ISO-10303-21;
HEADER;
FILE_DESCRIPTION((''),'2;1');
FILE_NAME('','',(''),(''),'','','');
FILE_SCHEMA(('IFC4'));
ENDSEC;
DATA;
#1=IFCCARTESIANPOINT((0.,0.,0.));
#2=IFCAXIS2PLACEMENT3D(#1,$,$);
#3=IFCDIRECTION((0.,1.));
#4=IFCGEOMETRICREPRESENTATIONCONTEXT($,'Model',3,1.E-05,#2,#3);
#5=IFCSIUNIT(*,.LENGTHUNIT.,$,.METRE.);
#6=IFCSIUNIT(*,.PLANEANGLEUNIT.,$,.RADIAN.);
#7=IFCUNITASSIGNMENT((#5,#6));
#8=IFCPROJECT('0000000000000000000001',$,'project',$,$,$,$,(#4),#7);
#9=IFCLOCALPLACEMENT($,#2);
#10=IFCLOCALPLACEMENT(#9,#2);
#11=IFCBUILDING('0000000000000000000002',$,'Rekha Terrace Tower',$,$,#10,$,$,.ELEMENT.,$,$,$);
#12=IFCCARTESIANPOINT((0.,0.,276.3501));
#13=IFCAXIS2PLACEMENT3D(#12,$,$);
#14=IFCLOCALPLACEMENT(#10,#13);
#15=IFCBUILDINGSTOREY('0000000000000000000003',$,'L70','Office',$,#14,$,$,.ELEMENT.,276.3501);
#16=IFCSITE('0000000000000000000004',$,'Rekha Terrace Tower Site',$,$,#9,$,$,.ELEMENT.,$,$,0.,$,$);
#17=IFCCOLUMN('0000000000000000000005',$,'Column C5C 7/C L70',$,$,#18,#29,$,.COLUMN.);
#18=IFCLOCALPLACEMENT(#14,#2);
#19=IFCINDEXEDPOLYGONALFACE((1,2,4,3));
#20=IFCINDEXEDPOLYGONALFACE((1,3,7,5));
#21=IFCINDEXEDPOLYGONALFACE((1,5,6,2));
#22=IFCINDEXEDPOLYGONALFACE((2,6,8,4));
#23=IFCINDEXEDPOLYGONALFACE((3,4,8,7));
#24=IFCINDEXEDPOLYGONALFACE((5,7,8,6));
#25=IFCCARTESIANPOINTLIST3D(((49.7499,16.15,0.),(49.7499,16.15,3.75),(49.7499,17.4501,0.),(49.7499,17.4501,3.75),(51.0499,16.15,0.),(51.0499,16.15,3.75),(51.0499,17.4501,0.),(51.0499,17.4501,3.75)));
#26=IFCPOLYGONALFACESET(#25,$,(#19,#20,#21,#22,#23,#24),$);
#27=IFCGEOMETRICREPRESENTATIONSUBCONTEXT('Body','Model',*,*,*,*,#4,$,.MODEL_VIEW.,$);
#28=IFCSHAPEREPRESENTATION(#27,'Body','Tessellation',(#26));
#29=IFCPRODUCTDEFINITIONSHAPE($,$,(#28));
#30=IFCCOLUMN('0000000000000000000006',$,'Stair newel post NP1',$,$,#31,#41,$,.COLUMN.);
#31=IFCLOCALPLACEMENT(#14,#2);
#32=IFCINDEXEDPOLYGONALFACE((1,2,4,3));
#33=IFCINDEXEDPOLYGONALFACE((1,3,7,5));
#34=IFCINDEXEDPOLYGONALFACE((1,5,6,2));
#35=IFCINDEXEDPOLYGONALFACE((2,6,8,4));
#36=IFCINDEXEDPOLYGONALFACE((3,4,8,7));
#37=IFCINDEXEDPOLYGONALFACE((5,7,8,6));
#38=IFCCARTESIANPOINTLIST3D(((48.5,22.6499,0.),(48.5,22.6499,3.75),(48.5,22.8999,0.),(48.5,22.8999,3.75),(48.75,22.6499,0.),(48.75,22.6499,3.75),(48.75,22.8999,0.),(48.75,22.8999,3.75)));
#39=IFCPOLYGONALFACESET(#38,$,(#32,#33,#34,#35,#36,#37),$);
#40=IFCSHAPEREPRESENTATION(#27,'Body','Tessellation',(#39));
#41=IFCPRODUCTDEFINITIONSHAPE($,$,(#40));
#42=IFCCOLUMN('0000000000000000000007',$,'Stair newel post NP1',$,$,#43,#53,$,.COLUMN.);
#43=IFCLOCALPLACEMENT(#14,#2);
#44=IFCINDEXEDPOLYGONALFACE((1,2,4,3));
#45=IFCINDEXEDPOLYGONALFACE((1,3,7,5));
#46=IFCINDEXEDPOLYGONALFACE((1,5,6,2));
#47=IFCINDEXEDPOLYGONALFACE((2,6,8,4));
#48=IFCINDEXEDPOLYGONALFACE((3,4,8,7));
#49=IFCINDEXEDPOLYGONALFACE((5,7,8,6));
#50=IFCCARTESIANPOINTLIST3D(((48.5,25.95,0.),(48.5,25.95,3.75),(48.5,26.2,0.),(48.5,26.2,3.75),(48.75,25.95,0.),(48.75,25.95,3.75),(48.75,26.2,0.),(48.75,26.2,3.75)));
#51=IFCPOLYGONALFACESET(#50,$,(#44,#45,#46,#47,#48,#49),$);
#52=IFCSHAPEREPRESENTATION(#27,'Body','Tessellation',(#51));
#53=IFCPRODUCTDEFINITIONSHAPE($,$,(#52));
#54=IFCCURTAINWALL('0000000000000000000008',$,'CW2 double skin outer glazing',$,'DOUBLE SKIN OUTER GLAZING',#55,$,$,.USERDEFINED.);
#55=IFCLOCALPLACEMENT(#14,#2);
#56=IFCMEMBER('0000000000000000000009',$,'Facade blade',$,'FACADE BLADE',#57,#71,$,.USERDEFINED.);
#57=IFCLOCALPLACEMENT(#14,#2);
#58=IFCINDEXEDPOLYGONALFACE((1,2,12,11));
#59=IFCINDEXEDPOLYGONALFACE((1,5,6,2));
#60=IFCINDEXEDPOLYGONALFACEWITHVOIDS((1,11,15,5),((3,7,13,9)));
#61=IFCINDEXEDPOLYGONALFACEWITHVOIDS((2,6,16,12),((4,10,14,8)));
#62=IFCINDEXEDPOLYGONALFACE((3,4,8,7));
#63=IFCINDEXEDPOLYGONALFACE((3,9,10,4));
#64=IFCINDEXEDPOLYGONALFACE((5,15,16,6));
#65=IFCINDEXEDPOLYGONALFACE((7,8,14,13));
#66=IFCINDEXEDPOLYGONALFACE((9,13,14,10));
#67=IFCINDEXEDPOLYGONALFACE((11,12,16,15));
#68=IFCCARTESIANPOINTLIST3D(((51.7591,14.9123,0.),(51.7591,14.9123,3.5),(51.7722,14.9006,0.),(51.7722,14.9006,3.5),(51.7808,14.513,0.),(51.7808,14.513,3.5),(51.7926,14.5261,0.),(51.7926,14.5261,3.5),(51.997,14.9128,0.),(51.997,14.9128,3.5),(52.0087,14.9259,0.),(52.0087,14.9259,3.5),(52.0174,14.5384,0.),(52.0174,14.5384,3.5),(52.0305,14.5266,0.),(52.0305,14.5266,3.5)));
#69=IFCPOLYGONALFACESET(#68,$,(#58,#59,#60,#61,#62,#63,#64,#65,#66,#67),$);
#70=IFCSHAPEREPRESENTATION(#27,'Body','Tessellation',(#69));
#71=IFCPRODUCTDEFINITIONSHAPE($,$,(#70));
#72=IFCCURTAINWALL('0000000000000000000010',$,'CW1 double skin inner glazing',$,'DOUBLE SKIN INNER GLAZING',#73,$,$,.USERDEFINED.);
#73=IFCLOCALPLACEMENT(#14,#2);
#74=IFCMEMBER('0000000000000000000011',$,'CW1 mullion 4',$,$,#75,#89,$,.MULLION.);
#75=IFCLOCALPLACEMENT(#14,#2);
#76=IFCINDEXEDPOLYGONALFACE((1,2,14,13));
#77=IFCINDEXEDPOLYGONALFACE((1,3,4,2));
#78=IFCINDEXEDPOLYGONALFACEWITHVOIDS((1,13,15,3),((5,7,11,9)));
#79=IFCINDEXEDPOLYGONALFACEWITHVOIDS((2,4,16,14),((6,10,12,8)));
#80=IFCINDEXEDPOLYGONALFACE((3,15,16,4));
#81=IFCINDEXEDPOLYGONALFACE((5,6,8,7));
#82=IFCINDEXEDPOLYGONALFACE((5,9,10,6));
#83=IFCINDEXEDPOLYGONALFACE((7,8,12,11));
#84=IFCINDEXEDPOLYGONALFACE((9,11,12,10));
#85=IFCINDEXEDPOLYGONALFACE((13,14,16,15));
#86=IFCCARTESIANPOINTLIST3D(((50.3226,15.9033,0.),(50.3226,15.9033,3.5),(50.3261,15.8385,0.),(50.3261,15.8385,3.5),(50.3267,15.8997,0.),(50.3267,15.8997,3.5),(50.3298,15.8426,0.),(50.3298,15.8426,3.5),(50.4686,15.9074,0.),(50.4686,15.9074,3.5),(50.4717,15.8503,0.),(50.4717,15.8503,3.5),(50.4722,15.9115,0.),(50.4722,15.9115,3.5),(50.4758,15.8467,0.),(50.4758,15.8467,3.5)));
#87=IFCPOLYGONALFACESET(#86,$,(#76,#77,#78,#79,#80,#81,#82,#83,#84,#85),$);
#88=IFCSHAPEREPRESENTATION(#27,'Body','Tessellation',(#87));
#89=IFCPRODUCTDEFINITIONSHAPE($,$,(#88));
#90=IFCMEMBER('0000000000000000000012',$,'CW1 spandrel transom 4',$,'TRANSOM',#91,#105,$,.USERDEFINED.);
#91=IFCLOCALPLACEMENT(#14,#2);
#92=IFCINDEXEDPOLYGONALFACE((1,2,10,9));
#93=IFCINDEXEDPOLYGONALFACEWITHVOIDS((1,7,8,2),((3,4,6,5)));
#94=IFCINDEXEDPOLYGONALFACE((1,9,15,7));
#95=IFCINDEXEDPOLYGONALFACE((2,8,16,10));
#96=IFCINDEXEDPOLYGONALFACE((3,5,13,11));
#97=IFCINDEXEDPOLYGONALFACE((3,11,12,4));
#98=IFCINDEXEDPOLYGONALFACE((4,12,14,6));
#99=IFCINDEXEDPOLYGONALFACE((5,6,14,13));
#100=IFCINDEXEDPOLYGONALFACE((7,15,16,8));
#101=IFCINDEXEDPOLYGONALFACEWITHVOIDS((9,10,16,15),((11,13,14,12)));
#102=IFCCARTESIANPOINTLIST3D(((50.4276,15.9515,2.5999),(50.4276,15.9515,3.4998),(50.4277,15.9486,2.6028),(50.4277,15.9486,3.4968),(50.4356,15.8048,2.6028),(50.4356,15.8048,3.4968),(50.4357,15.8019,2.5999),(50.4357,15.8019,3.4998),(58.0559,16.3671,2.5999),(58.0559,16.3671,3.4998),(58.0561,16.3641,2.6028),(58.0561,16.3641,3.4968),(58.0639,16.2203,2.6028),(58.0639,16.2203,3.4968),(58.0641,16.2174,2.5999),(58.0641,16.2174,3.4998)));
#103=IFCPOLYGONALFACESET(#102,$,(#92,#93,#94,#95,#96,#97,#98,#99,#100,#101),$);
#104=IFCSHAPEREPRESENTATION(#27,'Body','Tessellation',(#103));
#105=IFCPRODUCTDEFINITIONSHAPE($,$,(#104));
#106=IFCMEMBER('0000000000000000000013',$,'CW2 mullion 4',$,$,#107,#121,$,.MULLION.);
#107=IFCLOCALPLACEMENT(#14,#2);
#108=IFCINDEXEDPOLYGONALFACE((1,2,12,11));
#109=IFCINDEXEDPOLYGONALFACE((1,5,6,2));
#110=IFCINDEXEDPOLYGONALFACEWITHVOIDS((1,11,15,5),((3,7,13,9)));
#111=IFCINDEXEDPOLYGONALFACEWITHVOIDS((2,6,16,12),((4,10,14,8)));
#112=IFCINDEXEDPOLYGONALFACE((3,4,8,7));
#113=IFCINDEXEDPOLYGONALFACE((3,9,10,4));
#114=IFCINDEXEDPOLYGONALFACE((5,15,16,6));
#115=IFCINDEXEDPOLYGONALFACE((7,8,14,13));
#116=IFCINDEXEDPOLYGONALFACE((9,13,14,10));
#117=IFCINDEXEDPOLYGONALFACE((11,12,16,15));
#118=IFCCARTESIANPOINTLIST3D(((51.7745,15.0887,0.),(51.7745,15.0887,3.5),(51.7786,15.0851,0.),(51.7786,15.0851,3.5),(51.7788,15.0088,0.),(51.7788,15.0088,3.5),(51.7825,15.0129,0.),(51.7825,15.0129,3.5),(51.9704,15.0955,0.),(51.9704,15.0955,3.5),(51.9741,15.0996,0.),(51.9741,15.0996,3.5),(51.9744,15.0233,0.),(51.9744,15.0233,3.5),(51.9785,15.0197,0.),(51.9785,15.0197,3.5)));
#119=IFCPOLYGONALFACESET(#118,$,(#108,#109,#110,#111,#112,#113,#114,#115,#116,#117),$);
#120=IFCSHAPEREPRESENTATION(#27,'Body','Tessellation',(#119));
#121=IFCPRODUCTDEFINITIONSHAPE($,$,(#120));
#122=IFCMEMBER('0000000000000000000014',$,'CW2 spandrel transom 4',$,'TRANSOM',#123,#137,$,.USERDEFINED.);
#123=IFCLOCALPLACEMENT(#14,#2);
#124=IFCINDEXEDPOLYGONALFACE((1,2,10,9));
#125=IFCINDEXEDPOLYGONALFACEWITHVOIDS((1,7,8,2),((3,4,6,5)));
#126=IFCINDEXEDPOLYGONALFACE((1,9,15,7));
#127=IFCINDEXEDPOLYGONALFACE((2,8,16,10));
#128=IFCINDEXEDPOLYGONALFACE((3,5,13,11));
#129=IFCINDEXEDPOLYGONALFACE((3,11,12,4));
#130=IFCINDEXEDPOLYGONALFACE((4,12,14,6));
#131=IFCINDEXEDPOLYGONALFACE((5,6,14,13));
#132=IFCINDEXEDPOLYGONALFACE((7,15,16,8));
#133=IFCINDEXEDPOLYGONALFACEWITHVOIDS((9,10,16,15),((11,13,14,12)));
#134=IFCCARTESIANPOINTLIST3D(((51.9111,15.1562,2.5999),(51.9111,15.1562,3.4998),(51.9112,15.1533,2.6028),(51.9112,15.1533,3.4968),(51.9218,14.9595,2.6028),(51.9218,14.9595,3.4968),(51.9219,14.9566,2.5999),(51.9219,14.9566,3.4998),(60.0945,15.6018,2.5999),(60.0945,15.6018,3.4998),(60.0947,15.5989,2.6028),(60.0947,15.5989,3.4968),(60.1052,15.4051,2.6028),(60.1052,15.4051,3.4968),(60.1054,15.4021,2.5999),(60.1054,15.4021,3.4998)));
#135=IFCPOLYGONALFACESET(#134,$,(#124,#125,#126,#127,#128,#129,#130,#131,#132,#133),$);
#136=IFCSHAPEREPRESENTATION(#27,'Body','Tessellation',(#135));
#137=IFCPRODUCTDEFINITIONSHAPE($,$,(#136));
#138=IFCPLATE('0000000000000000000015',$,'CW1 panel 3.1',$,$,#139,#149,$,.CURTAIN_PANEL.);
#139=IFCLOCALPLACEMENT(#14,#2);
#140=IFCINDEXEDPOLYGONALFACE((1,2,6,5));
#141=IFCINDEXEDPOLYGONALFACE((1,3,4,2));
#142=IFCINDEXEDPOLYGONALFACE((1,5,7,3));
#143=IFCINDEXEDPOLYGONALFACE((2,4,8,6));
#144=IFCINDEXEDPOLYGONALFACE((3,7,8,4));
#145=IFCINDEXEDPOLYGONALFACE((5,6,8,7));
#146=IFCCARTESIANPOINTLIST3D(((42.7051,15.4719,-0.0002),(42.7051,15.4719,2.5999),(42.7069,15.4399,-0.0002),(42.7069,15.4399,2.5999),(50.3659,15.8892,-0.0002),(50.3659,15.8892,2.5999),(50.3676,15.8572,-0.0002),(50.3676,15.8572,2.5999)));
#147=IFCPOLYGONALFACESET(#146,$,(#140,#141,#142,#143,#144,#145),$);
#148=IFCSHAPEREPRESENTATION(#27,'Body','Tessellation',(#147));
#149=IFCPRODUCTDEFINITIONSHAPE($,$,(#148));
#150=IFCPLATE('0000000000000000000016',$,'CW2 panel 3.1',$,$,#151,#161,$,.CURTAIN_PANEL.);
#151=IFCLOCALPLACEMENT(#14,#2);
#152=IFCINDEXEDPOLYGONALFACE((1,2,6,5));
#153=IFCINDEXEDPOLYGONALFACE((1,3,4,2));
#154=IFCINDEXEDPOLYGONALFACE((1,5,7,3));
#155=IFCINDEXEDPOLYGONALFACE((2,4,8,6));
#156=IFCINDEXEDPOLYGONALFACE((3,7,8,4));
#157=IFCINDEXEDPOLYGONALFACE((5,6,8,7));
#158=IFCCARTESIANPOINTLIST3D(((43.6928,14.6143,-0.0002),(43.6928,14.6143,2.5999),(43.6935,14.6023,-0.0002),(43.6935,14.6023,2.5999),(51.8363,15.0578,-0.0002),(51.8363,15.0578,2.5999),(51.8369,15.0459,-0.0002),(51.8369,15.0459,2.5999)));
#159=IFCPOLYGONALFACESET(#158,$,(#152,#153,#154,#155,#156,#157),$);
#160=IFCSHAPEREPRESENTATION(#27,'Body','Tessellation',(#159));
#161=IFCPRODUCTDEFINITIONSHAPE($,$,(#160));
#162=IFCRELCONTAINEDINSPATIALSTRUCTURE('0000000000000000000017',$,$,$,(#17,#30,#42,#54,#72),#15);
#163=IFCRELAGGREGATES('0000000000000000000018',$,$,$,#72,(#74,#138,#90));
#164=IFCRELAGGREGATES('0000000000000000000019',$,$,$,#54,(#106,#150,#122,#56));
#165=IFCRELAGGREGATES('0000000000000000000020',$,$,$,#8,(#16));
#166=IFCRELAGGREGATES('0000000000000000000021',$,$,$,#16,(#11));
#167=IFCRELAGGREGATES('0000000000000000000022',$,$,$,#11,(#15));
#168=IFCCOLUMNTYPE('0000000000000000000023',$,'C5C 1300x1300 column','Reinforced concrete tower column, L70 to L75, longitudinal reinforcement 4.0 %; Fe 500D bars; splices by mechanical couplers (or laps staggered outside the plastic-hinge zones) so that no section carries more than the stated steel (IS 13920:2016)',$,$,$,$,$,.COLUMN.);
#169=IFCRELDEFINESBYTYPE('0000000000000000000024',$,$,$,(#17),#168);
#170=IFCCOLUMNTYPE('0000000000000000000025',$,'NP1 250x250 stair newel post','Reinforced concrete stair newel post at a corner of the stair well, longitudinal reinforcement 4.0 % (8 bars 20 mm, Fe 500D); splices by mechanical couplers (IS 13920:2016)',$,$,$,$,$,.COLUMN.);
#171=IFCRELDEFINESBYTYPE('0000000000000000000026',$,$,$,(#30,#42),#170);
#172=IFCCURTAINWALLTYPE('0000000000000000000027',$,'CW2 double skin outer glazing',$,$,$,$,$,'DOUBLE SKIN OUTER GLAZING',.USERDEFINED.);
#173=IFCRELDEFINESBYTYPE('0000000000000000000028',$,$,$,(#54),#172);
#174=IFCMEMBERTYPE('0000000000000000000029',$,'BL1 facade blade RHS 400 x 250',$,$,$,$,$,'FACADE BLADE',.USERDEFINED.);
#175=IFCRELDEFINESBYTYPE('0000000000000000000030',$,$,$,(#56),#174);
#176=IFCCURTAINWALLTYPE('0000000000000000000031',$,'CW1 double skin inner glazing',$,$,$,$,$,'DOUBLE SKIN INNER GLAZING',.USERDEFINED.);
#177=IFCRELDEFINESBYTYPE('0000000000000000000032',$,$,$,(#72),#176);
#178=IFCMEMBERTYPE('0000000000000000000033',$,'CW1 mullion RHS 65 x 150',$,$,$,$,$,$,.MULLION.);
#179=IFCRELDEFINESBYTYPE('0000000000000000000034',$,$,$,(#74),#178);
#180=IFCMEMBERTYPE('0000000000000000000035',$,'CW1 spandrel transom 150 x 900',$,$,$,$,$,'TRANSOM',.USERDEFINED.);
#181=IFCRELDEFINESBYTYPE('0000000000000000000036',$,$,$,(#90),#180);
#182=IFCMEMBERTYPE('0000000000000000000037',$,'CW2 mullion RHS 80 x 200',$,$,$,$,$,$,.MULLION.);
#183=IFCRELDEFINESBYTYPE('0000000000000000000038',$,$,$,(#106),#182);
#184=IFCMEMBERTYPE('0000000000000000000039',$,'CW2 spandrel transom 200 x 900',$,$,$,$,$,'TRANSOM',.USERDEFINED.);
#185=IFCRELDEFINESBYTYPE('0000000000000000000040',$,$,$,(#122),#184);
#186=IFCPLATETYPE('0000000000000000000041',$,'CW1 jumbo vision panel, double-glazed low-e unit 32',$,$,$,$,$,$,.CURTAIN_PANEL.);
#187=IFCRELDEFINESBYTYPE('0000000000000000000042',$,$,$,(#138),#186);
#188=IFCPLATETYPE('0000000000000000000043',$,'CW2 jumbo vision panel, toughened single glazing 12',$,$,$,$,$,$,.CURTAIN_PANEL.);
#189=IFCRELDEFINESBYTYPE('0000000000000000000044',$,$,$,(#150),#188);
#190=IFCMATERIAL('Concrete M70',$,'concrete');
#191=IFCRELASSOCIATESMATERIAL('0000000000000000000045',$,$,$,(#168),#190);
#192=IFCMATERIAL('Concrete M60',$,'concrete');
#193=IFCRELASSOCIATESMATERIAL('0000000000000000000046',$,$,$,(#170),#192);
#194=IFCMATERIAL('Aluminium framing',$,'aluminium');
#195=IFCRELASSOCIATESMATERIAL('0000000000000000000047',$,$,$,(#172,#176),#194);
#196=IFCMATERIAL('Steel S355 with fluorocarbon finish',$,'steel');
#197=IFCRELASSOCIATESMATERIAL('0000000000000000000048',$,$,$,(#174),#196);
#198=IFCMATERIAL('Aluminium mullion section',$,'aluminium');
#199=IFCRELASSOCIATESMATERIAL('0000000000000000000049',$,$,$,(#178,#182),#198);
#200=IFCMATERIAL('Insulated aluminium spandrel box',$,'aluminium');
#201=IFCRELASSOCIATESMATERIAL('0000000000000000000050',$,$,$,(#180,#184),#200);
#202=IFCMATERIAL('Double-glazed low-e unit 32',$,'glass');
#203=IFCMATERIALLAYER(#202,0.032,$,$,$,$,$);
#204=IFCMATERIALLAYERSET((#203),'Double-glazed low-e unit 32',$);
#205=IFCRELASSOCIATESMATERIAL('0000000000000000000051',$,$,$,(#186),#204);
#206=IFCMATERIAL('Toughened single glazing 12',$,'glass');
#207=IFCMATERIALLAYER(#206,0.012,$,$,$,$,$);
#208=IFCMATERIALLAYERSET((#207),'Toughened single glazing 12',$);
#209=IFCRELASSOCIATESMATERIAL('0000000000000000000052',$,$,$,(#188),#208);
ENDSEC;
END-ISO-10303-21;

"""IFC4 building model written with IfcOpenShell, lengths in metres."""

from ifc_helpers import new_model, si_unit, direction, frame, origin, origin_2d, place, context, subcontext, project, spatial, rectangle, hollow_rectangle, extrude, material, layer, layer_set, material_profile, profile_set, type_object, element, aggregate, save


model = new_model("IFC4")

# Units and contexts
model_context = context("Model", 3, precision=1e-05, world=origin(), true_north=direction((0.0, 1.0)))
body_context = subcontext(model_context, "Body", "Model", "MODEL_VIEW")
ifc_project = project(units=[si_unit("LENGTHUNIT", "METRE"), si_unit("PLANEANGLEUNIT", "RADIAN")], contexts=[model_context])

# Site, building, storey
site_placement = place(None, origin())
site = spatial("IfcSite", under=ifc_project, at=site_placement, Name="Rekha Terrace Tower Site", CompositionType="ELEMENT", RefElevation=0.0)
building_placement = place(site_placement, origin())
building = spatial("IfcBuilding", under=site, at=building_placement, Name="Rekha Terrace Tower", CompositionType="ELEMENT")
storey_placement = place(building_placement, frame((0.0, 0.0, 276.3501)))
storey = spatial("IfcBuildingStorey", under=building, at=storey_placement, Name="L70", Description="Office", CompositionType="ELEMENT", Elevation=276.3501)

# Columns
ifc_material_1 = material(Name="Concrete M70", Category="concrete")
ifc_material_profile_1 = material_profile(ifc_material_1, rectangle(XDim=1.3, YDim=1.3, at=origin_2d()), Name="RC 1300x1300")
ifc_profile_set_1 = profile_set([ifc_material_profile_1], Name="Concrete M70")
column_type_1 = type_object("IfcColumnType", Name="C5C 1300x1300 column", Description="Reinforced concrete tower column, L70 to L75, longitudinal reinforcement 4.0 %; Fe 500D bars; splices by mechanical couplers (or laps staggered outside the plastic-hinge zones) so that no section carries more than the stated steel (IS 13920:2016)", PredefinedType="COLUMN", material=ifc_profile_set_1)
column_placement = place(storey_placement, frame((50.3999, 16.8, 0.0), z_axis=(0.0, 0.0, 1.0), x_axis=(1.0, 0.0, 0.0)))
element("IfcColumn", 1, at=column_placement, inside=storey, type_object=column_type_1, Name="Column C5C 7/C L70", PredefinedType="COLUMN", context=body_context, shape_type="SweptSolid", body=[
    extrude(rectangle(XDim=1.3, YDim=1.3, at=origin_2d()), origin(), (0.0, 0.0, 1.0), 3.75),
])
ifc_material_2 = material(Name="Concrete M60", Category="concrete")
ifc_material_profile_2 = material_profile(ifc_material_2, rectangle(XDim=0.25, YDim=0.25, at=origin_2d()), Name="RC 250x250")
ifc_profile_set_2 = profile_set([ifc_material_profile_2], Name="Concrete M60")
column_type_2 = type_object("IfcColumnType", Name="NP1 250x250 stair newel post", Description="Reinforced concrete stair newel post at a corner of the stair well, longitudinal reinforcement 4.0 % (8 bars 20 mm, Fe 500D); splices by mechanical couplers (IS 13920:2016)", PredefinedType="COLUMN", material=ifc_profile_set_2)
for number, where, z_axis, x_axis, name in (
    (2, (48.625, 22.7749, 0.0), (0.0, 0.0, 1.0), (1.0, 0.0, 0.0), "Stair newel post NP1"),
    (3, (48.625, 26.075, 0.0), (0.0, 0.0, 1.0), (1.0, 0.0, 0.0), "Stair newel post NP1"),
):
    element("IfcColumn", number, at=place(storey_placement, frame(where, z_axis=z_axis, x_axis=x_axis)), inside=storey, type_object=column_type_2, Name=name, PredefinedType="COLUMN", context=body_context, shape_type="SweptSolid", body=[
        extrude(rectangle(XDim=0.25, YDim=0.25, at=origin_2d()), origin(), (0.0, 0.0, 1.0), 3.75),
    ])

# Curtain wall, member
ifc_material_3 = material(Name="Aluminium framing", Category="aluminium")
curtain_wall_type_1 = type_object("IfcCurtainWallType", Name="CW2 double skin outer glazing", ElementType="DOUBLE SKIN OUTER GLAZING", PredefinedType="USERDEFINED", material=ifc_material_3)
curtain_wall_1_placement = place(storey_placement, origin())
curtain_wall_1 = element("IfcCurtainWall", 4, at=curtain_wall_1_placement, inside=storey, type_object=curtain_wall_type_1, Name="CW2 double skin outer glazing", ObjectType="DOUBLE SKIN OUTER GLAZING", PredefinedType="USERDEFINED")
ifc_material_4 = material(Name="Steel S355 with fluorocarbon finish", Category="steel")
ifc_material_profile_3 = material_profile(ifc_material_4, hollow_rectangle(XDim=0.25, YDim=0.3999, WallThickness=0.0125, at=origin_2d()), Name="RHS400x250x12.5")
ifc_profile_set_3 = profile_set([ifc_material_profile_3], Name="Steel S355 with fluorocarbon finish")
member_type_1 = type_object("IfcMemberType", Name="BL1 facade blade RHS 400 x 250", ElementType="FACADE BLADE", PredefinedType="USERDEFINED", material=ifc_profile_set_3)
member_1_placement = place(storey_placement, frame((51.8948, 14.7195, 0.0), z_axis=(0.0, 0.0, 1.0), x_axis=(0.99852, 0.054389, 0.0)))
member_1 = element("IfcMember", 5, at=member_1_placement, type_object=member_type_1, Name="Facade blade", ObjectType="FACADE BLADE", PredefinedType="USERDEFINED", context=body_context, shape_type="SweptSolid", body=[
    extrude(hollow_rectangle(XDim=0.25, YDim=0.3999, WallThickness=0.0125, at=origin_2d()), origin(), (0.0, 0.0, 1.0), 3.5),
])

# Curtain wall, members
curtain_wall_type_2 = type_object("IfcCurtainWallType", Name="CW1 double skin inner glazing", ElementType="DOUBLE SKIN INNER GLAZING", PredefinedType="USERDEFINED", material=ifc_material_3)
curtain_wall_2_placement = place(storey_placement, origin())
curtain_wall_2 = element("IfcCurtainWall", 6, at=curtain_wall_2_placement, inside=storey, type_object=curtain_wall_type_2, Name="CW1 double skin inner glazing", ObjectType="DOUBLE SKIN INNER GLAZING", PredefinedType="USERDEFINED")
ifc_material_5 = material(Name="Aluminium mullion section", Category="aluminium")
ifc_material_profile_4 = material_profile(ifc_material_5, hollow_rectangle(XDim=0.0649, YDim=0.1499, WallThickness=0.0039, at=origin_2d()), Name="AL RHS 65x150")
ifc_profile_set_4 = profile_set([ifc_material_profile_4], Name="Aluminium mullion section")
member_type_2 = type_object("IfcMemberType", Name="CW1 mullion RHS 65 x 150", PredefinedType="MULLION", material=ifc_profile_set_4)
member_2_placement = place(storey_placement, frame((50.3992, 15.875, 0.0), z_axis=(0.0, 0.0, 1.0), x_axis=(-0.054389, 0.99852, 0.0)))
member_2 = element("IfcMember", 7, at=member_2_placement, type_object=member_type_2, Name="CW1 mullion 4", PredefinedType="MULLION", context=body_context, shape_type="SweptSolid", body=[
    extrude(hollow_rectangle(XDim=0.0649, YDim=0.1499, WallThickness=0.0039, at=origin_2d()), origin(), (0.0, 0.0, 1.0), 3.5),
])
ifc_material_6 = material(Name="Insulated aluminium spandrel box", Category="aluminium")
ifc_material_profile_5 = material_profile(ifc_material_6, hollow_rectangle(XDim=0.1499, YDim=0.8999, WallThickness=0.0029, at=origin_2d()), Name="AL SPANDREL BOX 150x900")
ifc_profile_set_5 = profile_set([ifc_material_profile_5], Name="Insulated aluminium spandrel box")
member_type_3 = type_object("IfcMemberType", Name="CW1 spandrel transom 150 x 900", ElementType="TRANSOM", PredefinedType="USERDEFINED", material=ifc_profile_set_5)
member_3_placement = place(storey_placement, frame((50.4316, 15.8767, 3.0498), z_axis=(0.99852, 0.05439, 0.0), x_axis=(-0.05439, 0.99852, 0.0)))
member_3 = element("IfcMember", 8, at=member_3_placement, type_object=member_type_3, Name="CW1 spandrel transom 4", ObjectType="TRANSOM", PredefinedType="USERDEFINED", context=body_context, shape_type="SweptSolid", body=[
    extrude(hollow_rectangle(XDim=0.1499, YDim=0.8999, WallThickness=0.0029, at=origin_2d()), origin(), (0.0, 0.0, 1.0), 7.6396),
])

# Members
ifc_material_profile_6 = material_profile(ifc_material_5, hollow_rectangle(XDim=0.0801, YDim=0.2, WallThickness=0.0039, at=origin_2d()), Name="AL RHS 80x200")
ifc_profile_set_6 = profile_set([ifc_material_profile_6], Name="Aluminium mullion section")
member_type_4 = type_object("IfcMemberType", Name="CW2 mullion RHS 80 x 200", PredefinedType="MULLION", material=ifc_profile_set_6)
member_4_placement = place(storey_placement, frame((51.8765, 15.0542, 0.0), z_axis=(0.0, 0.0, 1.0), x_axis=(-0.054389, 0.99852, 0.0)))
member_4 = element("IfcMember", 9, at=member_4_placement, type_object=member_type_4, Name="CW2 mullion 4", PredefinedType="MULLION", context=body_context, shape_type="SweptSolid", body=[
    extrude(hollow_rectangle(XDim=0.0801, YDim=0.2, WallThickness=0.0039, at=origin_2d()), origin(), (0.0, 0.0, 1.0), 3.5),
])
ifc_material_profile_7 = material_profile(ifc_material_6, hollow_rectangle(XDim=0.2, YDim=0.8999, WallThickness=0.0029, at=origin_2d()), Name="AL SPANDREL BOX 200x900")
ifc_profile_set_7 = profile_set([ifc_material_profile_7], Name="Insulated aluminium spandrel box")
member_type_5 = type_object("IfcMemberType", Name="CW2 spandrel transom 200 x 900", ElementType="TRANSOM", PredefinedType="USERDEFINED", material=ifc_profile_set_7)
member_5_placement = place(storey_placement, frame((51.9165, 15.0564, 3.0498), z_axis=(0.998521, 0.054366, 0.0), x_axis=(-0.054366, 0.998521, 0.0)))
member_5 = element("IfcMember", 10, at=member_5_placement, type_object=member_type_5, Name="CW2 spandrel transom 4", ObjectType="TRANSOM", PredefinedType="USERDEFINED", context=body_context, shape_type="SweptSolid", body=[
    extrude(hollow_rectangle(XDim=0.2, YDim=0.8999, WallThickness=0.0029, at=origin_2d()), origin(), (0.0, 0.0, 1.0), 8.1956),
])

# Plates
ifc_material_7 = material(Name="Double-glazed low-e unit 32", Category="glass")
ifc_layer_1 = layer(ifc_material_7, 0.032)
ifc_layer_set_1 = layer_set([ifc_layer_1], Name="Double-glazed low-e unit 32")
plate_type_1 = type_object("IfcPlateType", Name="CW1 jumbo vision panel, double-glazed low-e unit 32", PredefinedType="CURTAIN_PANEL", material=ifc_layer_set_1)
plate_1_placement = place(storey_placement, frame((46.5364, 15.6646, -0.0002), z_axis=(0.0, 0.0, 1.0), x_axis=(0.99852, 0.054389, 0.0)))
plate_1 = element("IfcPlate", 11, at=plate_1_placement, type_object=plate_type_1, Name="CW1 panel 3.1", PredefinedType="CURTAIN_PANEL", context=body_context, shape_type="SweptSolid", body=[
    extrude(rectangle(XDim=7.6721, YDim=0.032, at=origin_2d()), origin(), (0.0, 0.0, 1.0), 2.6001),
])
aggregate(curtain_wall_2, [member_2, plate_1, member_3])
ifc_material_8 = material(Name="Toughened single glazing 12", Category="glass")
ifc_layer_2 = layer(ifc_material_8, 0.012)
ifc_layer_set_2 = layer_set([ifc_layer_2], Name="Toughened single glazing 12")
plate_type_2 = type_object("IfcPlateType", Name="CW2 jumbo vision panel, toughened single glazing 12", PredefinedType="CURTAIN_PANEL", material=ifc_layer_set_2)
plate_2_placement = place(storey_placement, frame((47.7649, 14.8301, -0.0002), z_axis=(0.0, 0.0, 1.0), x_axis=(0.99852, 0.054389, 0.0)))
plate_2 = element("IfcPlate", 12, at=plate_2_placement, type_object=plate_type_2, Name="CW2 panel 3.1", PredefinedType="CURTAIN_PANEL", context=body_context, shape_type="SweptSolid", body=[
    extrude(rectangle(XDim=8.1555, YDim=0.012, at=origin_2d()), origin(), (0.0, 0.0, 1.0), 2.6001),
])
aggregate(curtain_wall_1, [member_4, plate_2, member_5, member_1])

save(model, "model.ifc")
